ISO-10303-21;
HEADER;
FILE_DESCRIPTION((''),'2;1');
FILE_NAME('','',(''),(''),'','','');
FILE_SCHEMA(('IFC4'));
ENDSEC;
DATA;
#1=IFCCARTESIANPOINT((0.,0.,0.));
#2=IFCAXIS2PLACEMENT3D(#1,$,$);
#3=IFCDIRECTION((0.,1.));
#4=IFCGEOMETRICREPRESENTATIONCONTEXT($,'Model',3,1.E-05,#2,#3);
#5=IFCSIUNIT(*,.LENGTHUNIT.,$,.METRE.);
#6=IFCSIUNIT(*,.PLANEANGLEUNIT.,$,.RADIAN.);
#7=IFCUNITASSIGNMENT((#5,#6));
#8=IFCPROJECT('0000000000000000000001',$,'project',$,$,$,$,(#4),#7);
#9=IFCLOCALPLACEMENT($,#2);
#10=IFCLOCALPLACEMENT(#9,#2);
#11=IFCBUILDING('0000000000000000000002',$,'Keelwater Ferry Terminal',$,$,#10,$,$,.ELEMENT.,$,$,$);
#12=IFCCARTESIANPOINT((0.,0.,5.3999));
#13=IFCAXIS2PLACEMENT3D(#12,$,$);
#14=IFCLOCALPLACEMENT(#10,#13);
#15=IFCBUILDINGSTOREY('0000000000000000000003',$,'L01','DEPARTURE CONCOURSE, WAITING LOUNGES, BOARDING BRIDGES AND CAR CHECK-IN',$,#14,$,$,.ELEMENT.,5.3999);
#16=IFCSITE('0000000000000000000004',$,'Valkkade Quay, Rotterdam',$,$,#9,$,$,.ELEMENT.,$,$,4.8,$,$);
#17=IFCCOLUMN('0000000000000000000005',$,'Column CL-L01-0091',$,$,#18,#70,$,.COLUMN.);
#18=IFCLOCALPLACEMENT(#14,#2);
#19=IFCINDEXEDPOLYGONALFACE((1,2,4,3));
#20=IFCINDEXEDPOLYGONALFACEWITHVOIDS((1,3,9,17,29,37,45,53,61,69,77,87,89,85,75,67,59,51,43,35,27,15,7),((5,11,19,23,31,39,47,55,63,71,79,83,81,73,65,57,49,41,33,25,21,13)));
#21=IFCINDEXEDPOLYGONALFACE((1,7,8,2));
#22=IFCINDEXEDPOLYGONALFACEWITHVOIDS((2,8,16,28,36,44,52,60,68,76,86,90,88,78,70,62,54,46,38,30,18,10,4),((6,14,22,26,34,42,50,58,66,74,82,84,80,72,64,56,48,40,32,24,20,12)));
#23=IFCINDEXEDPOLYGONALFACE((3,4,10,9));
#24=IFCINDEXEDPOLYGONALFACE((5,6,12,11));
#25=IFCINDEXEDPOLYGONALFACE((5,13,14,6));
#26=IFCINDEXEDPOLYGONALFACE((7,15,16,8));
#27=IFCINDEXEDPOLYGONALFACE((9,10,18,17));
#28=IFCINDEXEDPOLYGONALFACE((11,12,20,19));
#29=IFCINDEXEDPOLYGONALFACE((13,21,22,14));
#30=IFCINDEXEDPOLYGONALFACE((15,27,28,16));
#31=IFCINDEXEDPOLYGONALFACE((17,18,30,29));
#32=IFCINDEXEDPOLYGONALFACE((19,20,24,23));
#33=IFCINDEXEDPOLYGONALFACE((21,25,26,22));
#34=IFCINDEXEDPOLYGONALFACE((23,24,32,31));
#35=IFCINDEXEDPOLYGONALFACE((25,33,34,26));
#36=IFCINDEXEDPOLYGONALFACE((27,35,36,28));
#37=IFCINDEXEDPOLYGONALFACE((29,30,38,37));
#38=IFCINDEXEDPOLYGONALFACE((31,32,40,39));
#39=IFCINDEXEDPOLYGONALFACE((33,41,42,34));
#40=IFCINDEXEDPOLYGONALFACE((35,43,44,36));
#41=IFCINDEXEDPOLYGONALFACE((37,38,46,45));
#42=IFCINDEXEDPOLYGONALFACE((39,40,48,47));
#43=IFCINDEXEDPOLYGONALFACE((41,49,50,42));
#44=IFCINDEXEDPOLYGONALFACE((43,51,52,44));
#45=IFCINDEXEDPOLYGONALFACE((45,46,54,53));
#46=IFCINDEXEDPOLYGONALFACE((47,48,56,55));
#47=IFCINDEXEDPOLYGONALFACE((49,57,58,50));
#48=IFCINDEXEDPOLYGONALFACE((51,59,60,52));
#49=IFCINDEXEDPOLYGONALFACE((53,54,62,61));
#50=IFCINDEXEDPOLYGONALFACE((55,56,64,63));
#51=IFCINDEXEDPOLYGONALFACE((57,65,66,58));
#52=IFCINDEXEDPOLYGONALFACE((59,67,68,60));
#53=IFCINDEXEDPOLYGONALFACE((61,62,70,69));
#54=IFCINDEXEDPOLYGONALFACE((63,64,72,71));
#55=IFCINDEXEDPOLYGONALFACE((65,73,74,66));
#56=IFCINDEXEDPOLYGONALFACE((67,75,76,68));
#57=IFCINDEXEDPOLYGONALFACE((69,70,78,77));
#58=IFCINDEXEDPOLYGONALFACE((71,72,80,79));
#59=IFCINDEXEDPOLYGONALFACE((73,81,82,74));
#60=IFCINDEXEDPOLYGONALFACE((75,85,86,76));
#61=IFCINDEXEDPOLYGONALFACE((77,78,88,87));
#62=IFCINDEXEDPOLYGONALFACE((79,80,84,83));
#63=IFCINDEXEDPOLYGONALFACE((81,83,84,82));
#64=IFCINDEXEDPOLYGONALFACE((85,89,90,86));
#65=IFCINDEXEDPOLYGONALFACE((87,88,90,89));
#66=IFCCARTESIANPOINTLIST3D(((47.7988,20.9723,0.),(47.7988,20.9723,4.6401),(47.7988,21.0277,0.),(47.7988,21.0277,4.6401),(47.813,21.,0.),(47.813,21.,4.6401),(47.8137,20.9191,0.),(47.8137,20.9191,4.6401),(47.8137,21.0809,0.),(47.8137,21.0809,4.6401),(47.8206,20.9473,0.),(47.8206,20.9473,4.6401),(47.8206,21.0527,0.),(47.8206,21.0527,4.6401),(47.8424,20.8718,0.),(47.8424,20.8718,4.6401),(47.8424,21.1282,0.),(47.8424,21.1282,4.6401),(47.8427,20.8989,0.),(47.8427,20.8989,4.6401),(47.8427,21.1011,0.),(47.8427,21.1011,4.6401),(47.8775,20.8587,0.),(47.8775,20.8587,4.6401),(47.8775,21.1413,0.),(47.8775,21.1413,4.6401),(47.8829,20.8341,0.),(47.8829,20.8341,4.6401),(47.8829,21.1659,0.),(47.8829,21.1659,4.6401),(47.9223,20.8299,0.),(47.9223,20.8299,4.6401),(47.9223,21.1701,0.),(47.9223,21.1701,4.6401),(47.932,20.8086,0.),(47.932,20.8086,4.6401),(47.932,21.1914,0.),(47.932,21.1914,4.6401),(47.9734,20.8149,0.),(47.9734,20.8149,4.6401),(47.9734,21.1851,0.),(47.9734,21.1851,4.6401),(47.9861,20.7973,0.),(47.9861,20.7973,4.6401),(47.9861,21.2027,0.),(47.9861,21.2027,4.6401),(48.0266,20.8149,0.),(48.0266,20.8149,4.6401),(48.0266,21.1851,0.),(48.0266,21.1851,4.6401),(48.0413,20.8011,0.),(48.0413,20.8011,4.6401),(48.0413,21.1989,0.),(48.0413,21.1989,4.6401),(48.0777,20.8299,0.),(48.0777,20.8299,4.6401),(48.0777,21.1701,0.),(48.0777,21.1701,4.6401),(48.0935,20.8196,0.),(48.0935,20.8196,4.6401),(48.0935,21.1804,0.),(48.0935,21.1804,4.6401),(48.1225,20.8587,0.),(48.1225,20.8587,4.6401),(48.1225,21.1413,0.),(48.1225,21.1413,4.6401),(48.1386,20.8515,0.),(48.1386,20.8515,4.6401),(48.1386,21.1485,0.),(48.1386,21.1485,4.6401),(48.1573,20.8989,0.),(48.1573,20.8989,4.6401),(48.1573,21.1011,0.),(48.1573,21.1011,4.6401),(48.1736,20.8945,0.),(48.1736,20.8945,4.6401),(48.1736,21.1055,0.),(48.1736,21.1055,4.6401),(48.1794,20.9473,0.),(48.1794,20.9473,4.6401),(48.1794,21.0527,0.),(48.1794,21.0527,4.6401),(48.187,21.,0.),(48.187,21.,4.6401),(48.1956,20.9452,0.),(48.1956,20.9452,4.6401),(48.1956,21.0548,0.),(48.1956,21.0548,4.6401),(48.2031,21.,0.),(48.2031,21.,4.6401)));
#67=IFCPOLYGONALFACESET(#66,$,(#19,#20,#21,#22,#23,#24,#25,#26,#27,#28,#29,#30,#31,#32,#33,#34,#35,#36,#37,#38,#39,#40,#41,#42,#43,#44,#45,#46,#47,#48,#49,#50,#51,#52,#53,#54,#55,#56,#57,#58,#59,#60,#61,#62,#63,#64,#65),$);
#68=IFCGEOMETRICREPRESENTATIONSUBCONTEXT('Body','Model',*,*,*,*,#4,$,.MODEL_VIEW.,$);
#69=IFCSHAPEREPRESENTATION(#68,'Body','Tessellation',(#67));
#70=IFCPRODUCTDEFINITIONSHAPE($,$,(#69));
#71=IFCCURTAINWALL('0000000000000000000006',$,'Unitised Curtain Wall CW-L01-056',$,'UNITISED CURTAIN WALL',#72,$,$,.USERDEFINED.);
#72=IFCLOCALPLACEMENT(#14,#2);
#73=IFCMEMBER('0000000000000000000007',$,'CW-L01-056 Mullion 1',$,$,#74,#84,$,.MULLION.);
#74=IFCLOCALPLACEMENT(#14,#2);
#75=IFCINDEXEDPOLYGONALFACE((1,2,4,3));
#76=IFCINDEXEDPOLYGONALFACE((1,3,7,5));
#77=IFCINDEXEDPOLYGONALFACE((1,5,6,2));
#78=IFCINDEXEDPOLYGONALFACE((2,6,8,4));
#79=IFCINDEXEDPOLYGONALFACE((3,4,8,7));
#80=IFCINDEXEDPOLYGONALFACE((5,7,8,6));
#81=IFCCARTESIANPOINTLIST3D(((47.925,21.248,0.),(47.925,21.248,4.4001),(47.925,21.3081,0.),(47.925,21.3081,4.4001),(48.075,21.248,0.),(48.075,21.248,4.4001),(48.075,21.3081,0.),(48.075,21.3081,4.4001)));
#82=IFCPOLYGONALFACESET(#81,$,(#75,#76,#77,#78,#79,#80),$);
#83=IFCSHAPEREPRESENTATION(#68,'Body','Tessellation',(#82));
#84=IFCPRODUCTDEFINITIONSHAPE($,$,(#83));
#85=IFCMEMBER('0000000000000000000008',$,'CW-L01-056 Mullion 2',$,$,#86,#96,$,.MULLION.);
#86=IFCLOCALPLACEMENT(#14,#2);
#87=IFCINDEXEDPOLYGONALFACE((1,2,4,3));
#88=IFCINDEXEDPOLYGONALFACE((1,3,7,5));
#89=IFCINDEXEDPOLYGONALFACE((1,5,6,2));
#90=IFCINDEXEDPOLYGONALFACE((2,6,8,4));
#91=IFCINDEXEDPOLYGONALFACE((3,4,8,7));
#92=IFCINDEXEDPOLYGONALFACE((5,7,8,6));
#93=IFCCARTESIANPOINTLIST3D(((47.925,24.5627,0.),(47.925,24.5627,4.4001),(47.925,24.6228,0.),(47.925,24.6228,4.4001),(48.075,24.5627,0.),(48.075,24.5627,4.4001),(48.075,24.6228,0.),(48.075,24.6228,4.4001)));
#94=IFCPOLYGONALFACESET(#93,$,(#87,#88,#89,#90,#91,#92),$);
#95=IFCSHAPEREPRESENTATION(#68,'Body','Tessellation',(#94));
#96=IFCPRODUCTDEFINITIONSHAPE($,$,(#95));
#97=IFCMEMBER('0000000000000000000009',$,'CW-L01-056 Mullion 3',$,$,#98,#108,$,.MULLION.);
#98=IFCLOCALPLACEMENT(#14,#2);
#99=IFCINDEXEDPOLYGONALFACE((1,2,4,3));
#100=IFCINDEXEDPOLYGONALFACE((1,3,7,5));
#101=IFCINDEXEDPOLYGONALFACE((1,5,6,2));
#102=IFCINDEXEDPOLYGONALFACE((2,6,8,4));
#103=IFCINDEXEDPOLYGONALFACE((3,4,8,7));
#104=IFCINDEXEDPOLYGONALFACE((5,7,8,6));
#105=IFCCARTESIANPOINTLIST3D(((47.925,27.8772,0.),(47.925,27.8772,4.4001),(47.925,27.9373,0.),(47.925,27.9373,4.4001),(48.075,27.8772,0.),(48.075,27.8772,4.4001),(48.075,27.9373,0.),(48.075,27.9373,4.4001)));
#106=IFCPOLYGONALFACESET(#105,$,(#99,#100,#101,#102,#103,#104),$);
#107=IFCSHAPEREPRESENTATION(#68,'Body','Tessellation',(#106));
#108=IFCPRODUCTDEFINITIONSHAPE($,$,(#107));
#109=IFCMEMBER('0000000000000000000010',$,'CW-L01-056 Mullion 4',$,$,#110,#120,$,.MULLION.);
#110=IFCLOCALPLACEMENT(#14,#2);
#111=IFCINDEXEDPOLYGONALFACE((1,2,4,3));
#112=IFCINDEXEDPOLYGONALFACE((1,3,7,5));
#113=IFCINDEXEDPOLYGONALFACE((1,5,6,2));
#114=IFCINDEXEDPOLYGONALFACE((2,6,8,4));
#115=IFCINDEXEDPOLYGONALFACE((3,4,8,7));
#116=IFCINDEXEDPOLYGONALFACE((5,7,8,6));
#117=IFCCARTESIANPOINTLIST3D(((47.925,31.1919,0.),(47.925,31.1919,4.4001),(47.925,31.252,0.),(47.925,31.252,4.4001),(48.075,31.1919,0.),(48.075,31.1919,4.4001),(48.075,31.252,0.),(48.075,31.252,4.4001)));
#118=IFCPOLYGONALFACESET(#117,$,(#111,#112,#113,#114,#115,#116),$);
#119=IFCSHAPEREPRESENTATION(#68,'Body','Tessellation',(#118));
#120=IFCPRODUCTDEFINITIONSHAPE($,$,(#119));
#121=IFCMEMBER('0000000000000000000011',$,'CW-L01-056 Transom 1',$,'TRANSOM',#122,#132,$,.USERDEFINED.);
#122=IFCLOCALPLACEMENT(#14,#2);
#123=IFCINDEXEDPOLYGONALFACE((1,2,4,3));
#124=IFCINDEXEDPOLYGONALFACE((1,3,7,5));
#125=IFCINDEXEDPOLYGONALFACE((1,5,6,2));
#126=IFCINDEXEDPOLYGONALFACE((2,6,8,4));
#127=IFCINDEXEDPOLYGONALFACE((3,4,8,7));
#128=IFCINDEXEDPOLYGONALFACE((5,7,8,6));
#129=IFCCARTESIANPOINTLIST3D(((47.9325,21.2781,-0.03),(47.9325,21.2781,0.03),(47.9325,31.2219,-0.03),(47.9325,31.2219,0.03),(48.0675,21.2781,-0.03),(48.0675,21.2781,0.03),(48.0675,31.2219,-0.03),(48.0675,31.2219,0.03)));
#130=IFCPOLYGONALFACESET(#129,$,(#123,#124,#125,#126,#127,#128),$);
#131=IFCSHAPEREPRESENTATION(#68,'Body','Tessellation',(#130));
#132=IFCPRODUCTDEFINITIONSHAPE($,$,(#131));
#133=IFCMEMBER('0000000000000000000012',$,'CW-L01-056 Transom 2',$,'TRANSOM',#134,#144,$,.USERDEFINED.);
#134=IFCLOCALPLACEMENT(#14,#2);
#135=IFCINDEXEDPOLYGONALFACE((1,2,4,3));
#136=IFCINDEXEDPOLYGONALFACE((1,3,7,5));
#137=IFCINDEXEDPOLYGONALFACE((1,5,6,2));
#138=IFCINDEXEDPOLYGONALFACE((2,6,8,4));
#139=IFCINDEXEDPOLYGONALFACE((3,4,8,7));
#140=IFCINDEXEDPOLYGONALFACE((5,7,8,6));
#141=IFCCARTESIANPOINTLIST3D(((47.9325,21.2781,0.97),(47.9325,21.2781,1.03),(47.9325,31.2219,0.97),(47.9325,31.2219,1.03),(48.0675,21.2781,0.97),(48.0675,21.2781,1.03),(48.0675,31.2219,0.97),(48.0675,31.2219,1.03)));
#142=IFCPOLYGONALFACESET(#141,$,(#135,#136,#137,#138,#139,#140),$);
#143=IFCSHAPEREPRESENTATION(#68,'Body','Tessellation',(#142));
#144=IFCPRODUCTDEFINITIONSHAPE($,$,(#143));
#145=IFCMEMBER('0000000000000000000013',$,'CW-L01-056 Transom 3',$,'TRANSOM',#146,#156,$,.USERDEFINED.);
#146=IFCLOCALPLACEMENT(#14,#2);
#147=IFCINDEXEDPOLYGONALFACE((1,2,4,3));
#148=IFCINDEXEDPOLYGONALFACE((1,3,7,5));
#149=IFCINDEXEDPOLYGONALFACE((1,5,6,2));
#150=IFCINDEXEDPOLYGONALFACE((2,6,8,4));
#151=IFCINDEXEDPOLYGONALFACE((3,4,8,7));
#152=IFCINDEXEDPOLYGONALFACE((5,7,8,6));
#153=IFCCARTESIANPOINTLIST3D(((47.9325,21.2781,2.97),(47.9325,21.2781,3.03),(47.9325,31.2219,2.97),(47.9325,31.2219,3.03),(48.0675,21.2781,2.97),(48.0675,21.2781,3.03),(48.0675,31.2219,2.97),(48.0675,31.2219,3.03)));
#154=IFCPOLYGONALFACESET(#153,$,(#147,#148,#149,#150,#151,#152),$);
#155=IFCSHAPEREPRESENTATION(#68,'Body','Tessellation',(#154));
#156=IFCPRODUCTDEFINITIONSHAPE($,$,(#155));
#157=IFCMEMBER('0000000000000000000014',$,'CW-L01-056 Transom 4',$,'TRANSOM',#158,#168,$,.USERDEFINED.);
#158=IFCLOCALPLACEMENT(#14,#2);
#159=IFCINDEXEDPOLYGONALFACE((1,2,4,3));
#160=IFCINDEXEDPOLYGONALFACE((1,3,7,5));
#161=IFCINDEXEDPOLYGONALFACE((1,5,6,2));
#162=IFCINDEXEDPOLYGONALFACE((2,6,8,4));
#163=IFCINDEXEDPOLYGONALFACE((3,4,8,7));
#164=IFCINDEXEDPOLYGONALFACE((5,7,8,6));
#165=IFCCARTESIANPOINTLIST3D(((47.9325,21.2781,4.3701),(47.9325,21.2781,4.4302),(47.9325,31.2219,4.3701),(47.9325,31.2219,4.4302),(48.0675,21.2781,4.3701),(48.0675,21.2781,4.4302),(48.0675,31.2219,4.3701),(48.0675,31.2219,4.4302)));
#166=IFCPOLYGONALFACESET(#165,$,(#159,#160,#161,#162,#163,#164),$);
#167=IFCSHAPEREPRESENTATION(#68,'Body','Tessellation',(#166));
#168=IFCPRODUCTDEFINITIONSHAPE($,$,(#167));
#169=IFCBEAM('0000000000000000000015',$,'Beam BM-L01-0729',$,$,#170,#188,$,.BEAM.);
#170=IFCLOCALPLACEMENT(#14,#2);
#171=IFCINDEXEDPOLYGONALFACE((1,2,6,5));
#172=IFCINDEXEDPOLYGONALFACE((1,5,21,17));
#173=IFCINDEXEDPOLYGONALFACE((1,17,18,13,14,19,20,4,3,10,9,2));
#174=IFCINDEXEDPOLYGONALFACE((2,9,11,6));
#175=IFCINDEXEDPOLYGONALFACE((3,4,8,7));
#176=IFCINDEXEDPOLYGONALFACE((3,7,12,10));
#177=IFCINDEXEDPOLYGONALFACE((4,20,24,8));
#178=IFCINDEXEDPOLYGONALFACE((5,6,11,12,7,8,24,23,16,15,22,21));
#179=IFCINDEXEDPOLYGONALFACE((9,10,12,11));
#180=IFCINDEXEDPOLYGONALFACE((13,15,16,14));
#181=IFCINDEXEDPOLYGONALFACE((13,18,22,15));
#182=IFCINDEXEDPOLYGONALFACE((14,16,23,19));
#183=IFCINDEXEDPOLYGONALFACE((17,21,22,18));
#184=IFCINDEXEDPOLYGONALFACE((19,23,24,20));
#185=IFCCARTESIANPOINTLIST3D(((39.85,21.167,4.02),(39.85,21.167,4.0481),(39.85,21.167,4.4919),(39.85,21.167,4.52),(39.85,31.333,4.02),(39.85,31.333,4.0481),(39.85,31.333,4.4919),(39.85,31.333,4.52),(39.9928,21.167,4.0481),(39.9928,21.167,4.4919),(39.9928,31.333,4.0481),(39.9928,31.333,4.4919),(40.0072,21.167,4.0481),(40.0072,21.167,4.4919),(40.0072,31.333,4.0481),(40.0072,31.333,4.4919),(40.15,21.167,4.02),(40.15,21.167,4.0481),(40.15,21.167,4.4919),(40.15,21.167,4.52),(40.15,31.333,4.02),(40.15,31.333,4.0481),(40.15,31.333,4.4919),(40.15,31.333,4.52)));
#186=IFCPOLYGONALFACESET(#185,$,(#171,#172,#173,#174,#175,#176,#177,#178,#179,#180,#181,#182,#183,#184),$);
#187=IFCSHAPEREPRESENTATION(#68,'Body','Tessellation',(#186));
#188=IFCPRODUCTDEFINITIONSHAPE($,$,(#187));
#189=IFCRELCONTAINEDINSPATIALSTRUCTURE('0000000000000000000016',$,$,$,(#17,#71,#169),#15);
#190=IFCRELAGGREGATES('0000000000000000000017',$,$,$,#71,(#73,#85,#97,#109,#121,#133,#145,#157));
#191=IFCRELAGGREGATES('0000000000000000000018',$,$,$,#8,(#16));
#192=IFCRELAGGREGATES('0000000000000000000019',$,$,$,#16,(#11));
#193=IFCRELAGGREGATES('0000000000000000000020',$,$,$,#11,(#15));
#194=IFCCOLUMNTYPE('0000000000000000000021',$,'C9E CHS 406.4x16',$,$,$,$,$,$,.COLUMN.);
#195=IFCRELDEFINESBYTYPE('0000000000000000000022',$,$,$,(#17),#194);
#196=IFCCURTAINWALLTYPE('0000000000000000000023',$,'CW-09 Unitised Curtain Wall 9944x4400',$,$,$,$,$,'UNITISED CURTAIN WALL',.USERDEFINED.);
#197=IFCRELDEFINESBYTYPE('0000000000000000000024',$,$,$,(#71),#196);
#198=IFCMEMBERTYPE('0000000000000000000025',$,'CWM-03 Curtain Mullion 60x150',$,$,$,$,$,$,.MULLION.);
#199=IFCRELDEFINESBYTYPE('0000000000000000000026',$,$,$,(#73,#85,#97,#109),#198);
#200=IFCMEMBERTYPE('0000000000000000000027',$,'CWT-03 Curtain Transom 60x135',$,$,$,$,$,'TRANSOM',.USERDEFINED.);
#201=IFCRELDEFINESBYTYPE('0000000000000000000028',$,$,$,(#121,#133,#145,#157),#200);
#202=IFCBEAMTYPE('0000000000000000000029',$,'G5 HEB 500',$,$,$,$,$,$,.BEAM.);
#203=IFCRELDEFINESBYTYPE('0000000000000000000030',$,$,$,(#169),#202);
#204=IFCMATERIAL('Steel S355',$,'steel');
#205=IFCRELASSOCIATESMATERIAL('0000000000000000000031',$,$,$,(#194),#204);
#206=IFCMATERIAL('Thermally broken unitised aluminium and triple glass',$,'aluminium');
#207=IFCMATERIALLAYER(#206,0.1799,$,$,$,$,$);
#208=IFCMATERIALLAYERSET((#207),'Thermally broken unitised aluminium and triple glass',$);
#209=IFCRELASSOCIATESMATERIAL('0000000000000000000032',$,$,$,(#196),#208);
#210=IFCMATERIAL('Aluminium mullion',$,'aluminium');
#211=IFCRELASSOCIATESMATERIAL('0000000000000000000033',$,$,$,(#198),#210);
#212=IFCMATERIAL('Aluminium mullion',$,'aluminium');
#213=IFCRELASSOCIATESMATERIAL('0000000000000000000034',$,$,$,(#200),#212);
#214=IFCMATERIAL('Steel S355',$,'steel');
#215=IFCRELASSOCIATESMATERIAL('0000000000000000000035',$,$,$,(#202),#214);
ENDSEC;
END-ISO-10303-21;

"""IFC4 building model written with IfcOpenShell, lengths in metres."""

from ifc_helpers import new_model, si_unit, direction, frame, origin, origin_2d, place, context, subcontext, project, spatial, rectangle, hollow_circle, i_section, extrude, material, layer, layer_set, material_profile, profile_set, type_object, element, aggregate, save


model = new_model("IFC4")

# Units and contexts
model_context = context("Model", 3, precision=1e-05, world=origin(), true_north=direction((0.0, 1.0)))
body_context = subcontext(model_context, "Body", "Model", "MODEL_VIEW")
ifc_project = project(units=[si_unit("LENGTHUNIT", "METRE"), si_unit("PLANEANGLEUNIT", "RADIAN")], contexts=[model_context])

# Site, building, storey
site_placement = place(None, origin())
site = spatial("IfcSite", under=ifc_project, at=site_placement, Name="Valkkade Quay, Rotterdam", CompositionType="ELEMENT", RefElevation=4.8)
building_placement = place(site_placement, origin())
building = spatial("IfcBuilding", under=site, at=building_placement, Name="Keelwater Ferry Terminal", CompositionType="ELEMENT")
storey_placement = place(building_placement, frame((0.0, 0.0, 5.3999)))
storey = spatial("IfcBuildingStorey", under=building, at=storey_placement, Name="L01", Description="DEPARTURE CONCOURSE, WAITING LOUNGES, BOARDING BRIDGES AND CAR CHECK-IN", CompositionType="ELEMENT", Elevation=5.3999)

# Column
ifc_material_1 = material(Name="Steel S355", Category="steel")
ifc_material_profile_1 = material_profile(ifc_material_1, hollow_circle(Radius=0.2031, WallThickness=0.0161, at=origin_2d()), Name="CHS 406.4x16")
ifc_profile_set_1 = profile_set([ifc_material_profile_1], Name="Steel S355")
column_type = type_object("IfcColumnType", Name="C9E CHS 406.4x16", PredefinedType="COLUMN", material=ifc_profile_set_1)
column_placement = place(storey_placement, frame((48.0, 21.0, 0.0), z_axis=(0.0, 0.0, 1.0), x_axis=(1.0, 0.0, 0.0)))
element("IfcColumn", 1, at=column_placement, inside=storey, type_object=column_type, Name="Column CL-L01-0091", PredefinedType="COLUMN", context=body_context, shape_type="SweptSolid", body=[
    extrude(hollow_circle(Radius=0.2031, WallThickness=0.0161, at=origin_2d()), origin(), (0.0, 0.0, 1.0), 4.6401),
])

# Curtain wall, members
ifc_material_2 = material(Name="Thermally broken unitised aluminium and triple glass", Category="aluminium")
ifc_layer_1 = layer(ifc_material_2, 0.1799)
ifc_layer_set_1 = layer_set([ifc_layer_1], Name="Thermally broken unitised aluminium and triple glass")
curtain_wall_type = type_object("IfcCurtainWallType", Name="CW-09 Unitised Curtain Wall 9944x4400", ElementType="UNITISED CURTAIN WALL", PredefinedType="USERDEFINED", material=ifc_layer_set_1)
curtain_wall_placement = place(storey_placement, origin())
curtain_wall = element("IfcCurtainWall", 2, at=curtain_wall_placement, inside=storey, type_object=curtain_wall_type, Name="Unitised Curtain Wall CW-L01-056", ObjectType="UNITISED CURTAIN WALL", PredefinedType="USERDEFINED")
ifc_material_3 = material(Name="Aluminium mullion", Category="aluminium")
ifc_material_profile_2 = material_profile(ifc_material_3, rectangle(XDim=0.0601, YDim=0.1499, at=origin_2d()), Name="CWM-03")
ifc_profile_set_2 = profile_set([ifc_material_profile_2], Name="Aluminium mullion")
member_type_1 = type_object("IfcMemberType", Name="CWM-03 Curtain Mullion 60x150", PredefinedType="MULLION", material=ifc_profile_set_2)
member_1_placement = place(storey_placement, frame((48.0, 21.2781, 0.0), z_axis=(0.0, 0.0, 1.0), x_axis=(0.0, 1.0, 0.0)))
member_1 = element("IfcMember", 3, at=member_1_placement, type_object=member_type_1, Name="CW-L01-056 Mullion 1", PredefinedType="MULLION", context=body_context, shape_type="SweptSolid", body=[
    extrude(rectangle(XDim=0.0601, YDim=0.1499, at=origin_2d()), origin(), (0.0, 0.0, 1.0), 4.4001),
])
member_2_placement = place(storey_placement, frame((48.0, 24.5928, 0.0), z_axis=(0.0, 0.0, 1.0), x_axis=(0.0, 1.0, 0.0)))
member_2 = element("IfcMember", 4, at=member_2_placement, type_object=member_type_1, Name="CW-L01-056 Mullion 2", PredefinedType="MULLION", context=body_context, shape_type="SweptSolid", body=[
    extrude(rectangle(XDim=0.0601, YDim=0.1499, at=origin_2d()), origin(), (0.0, 0.0, 1.0), 4.4001),
])
member_3_placement = place(storey_placement, frame((48.0, 27.9072, 0.0), z_axis=(0.0, 0.0, 1.0), x_axis=(0.0, 1.0, 0.0)))
member_3 = element("IfcMember", 5, at=member_3_placement, type_object=member_type_1, Name="CW-L01-056 Mullion 3", PredefinedType="MULLION", context=body_context, shape_type="SweptSolid", body=[
    extrude(rectangle(XDim=0.0601, YDim=0.1499, at=origin_2d()), origin(), (0.0, 0.0, 1.0), 4.4001),
])
member_4_placement = place(storey_placement, frame((48.0, 31.2219, 0.0), z_axis=(0.0, 0.0, 1.0), x_axis=(0.0, 1.0, 0.0)))
member_4 = element("IfcMember", 6, at=member_4_placement, type_object=member_type_1, Name="CW-L01-056 Mullion 4", PredefinedType="MULLION", context=body_context, shape_type="SweptSolid", body=[
    extrude(rectangle(XDim=0.0601, YDim=0.1499, at=origin_2d()), origin(), (0.0, 0.0, 1.0), 4.4001),
])
ifc_material_4 = material(Name="Aluminium mullion", Category="aluminium")
ifc_material_profile_3 = material_profile(ifc_material_4, rectangle(XDim=0.135, YDim=0.0601, at=origin_2d()), Name="CWT-03")
ifc_profile_set_3 = profile_set([ifc_material_profile_3], Name="Aluminium mullion")
member_type_2 = type_object("IfcMemberType", Name="CWT-03 Curtain Transom 60x135", ElementType="TRANSOM", PredefinedType="USERDEFINED", material=ifc_profile_set_3)
member_5_placement = place(storey_placement, frame((48.0, 21.2781, 0.0), z_axis=(0.0, 1.0, 0.0), x_axis=(-1.0, 0.0, 0.0)))
member_5 = element("IfcMember", 7, at=member_5_placement, type_object=member_type_2, Name="CW-L01-056 Transom 1", ObjectType="TRANSOM", PredefinedType="USERDEFINED", context=body_context, shape_type="SweptSolid", body=[
    extrude(rectangle(XDim=0.135, YDim=0.0601, at=origin_2d()), origin(), (0.0, 0.0, 1.0), 9.9438),
])
member_6_placement = place(storey_placement, frame((48.0, 21.2781, 1.0), z_axis=(0.0, 1.0, 0.0), x_axis=(-1.0, 0.0, 0.0)))
member_6 = element("IfcMember", 8, at=member_6_placement, type_object=member_type_2, Name="CW-L01-056 Transom 2", ObjectType="TRANSOM", PredefinedType="USERDEFINED", context=body_context, shape_type="SweptSolid", body=[
    extrude(rectangle(XDim=0.135, YDim=0.0601, at=origin_2d()), origin(), (0.0, 0.0, 1.0), 9.9438),
])
member_7_placement = place(storey_placement, frame((48.0, 21.2781, 3.0), z_axis=(0.0, 1.0, 0.0), x_axis=(-1.0, 0.0, 0.0)))
member_7 = element("IfcMember", 9, at=member_7_placement, type_object=member_type_2, Name="CW-L01-056 Transom 3", ObjectType="TRANSOM", PredefinedType="USERDEFINED", context=body_context, shape_type="SweptSolid", body=[
    extrude(rectangle(XDim=0.135, YDim=0.0601, at=origin_2d()), origin(), (0.0, 0.0, 1.0), 9.9438),
])
member_8_placement = place(storey_placement, frame((48.0, 21.2781, 4.4001), z_axis=(0.0, 1.0, 0.0), x_axis=(-1.0, 0.0, 0.0)))
member_8 = element("IfcMember", 10, at=member_8_placement, type_object=member_type_2, Name="CW-L01-056 Transom 4", ObjectType="TRANSOM", PredefinedType="USERDEFINED", context=body_context, shape_type="SweptSolid", body=[
    extrude(rectangle(XDim=0.135, YDim=0.0601, at=origin_2d()), origin(), (0.0, 0.0, 1.0), 9.9438),
])

# Beam
ifc_material_5 = material(Name="Steel S355", Category="steel")
ifc_material_profile_4 = material_profile(ifc_material_5, i_section(OverallWidth=0.3, OverallDepth=0.5, WebThickness=0.0144, FlangeThickness=0.0281, at=origin_2d()), Name="HEB 500")
ifc_profile_set_4 = profile_set([ifc_material_profile_4], Name="Steel S355")
beam_type_1 = type_object("IfcBeamType", Name="G5 HEB 500", PredefinedType="BEAM", material=ifc_profile_set_4)
beam_1_placement = place(storey_placement, frame((40.0, 21.167, 4.27), z_axis=(0.0, 1.0, 0.0), x_axis=(-1.0, 0.0, 0.0)))
element("IfcBeam", 11, at=beam_1_placement, inside=storey, type_object=beam_type_1, Name="Beam BM-L01-0729", PredefinedType="BEAM", context=body_context, shape_type="SweptSolid", body=[
    extrude(i_section(OverallWidth=0.3, OverallDepth=0.5, WebThickness=0.0144, FlangeThickness=0.0281, at=origin_2d()), origin(), (0.0, 0.0, 1.0), 10.166),
])

aggregate(curtain_wall, [member_1, member_2, member_3, member_4, member_5, member_6, member_7, member_8])

save(model, "model.ifc")
